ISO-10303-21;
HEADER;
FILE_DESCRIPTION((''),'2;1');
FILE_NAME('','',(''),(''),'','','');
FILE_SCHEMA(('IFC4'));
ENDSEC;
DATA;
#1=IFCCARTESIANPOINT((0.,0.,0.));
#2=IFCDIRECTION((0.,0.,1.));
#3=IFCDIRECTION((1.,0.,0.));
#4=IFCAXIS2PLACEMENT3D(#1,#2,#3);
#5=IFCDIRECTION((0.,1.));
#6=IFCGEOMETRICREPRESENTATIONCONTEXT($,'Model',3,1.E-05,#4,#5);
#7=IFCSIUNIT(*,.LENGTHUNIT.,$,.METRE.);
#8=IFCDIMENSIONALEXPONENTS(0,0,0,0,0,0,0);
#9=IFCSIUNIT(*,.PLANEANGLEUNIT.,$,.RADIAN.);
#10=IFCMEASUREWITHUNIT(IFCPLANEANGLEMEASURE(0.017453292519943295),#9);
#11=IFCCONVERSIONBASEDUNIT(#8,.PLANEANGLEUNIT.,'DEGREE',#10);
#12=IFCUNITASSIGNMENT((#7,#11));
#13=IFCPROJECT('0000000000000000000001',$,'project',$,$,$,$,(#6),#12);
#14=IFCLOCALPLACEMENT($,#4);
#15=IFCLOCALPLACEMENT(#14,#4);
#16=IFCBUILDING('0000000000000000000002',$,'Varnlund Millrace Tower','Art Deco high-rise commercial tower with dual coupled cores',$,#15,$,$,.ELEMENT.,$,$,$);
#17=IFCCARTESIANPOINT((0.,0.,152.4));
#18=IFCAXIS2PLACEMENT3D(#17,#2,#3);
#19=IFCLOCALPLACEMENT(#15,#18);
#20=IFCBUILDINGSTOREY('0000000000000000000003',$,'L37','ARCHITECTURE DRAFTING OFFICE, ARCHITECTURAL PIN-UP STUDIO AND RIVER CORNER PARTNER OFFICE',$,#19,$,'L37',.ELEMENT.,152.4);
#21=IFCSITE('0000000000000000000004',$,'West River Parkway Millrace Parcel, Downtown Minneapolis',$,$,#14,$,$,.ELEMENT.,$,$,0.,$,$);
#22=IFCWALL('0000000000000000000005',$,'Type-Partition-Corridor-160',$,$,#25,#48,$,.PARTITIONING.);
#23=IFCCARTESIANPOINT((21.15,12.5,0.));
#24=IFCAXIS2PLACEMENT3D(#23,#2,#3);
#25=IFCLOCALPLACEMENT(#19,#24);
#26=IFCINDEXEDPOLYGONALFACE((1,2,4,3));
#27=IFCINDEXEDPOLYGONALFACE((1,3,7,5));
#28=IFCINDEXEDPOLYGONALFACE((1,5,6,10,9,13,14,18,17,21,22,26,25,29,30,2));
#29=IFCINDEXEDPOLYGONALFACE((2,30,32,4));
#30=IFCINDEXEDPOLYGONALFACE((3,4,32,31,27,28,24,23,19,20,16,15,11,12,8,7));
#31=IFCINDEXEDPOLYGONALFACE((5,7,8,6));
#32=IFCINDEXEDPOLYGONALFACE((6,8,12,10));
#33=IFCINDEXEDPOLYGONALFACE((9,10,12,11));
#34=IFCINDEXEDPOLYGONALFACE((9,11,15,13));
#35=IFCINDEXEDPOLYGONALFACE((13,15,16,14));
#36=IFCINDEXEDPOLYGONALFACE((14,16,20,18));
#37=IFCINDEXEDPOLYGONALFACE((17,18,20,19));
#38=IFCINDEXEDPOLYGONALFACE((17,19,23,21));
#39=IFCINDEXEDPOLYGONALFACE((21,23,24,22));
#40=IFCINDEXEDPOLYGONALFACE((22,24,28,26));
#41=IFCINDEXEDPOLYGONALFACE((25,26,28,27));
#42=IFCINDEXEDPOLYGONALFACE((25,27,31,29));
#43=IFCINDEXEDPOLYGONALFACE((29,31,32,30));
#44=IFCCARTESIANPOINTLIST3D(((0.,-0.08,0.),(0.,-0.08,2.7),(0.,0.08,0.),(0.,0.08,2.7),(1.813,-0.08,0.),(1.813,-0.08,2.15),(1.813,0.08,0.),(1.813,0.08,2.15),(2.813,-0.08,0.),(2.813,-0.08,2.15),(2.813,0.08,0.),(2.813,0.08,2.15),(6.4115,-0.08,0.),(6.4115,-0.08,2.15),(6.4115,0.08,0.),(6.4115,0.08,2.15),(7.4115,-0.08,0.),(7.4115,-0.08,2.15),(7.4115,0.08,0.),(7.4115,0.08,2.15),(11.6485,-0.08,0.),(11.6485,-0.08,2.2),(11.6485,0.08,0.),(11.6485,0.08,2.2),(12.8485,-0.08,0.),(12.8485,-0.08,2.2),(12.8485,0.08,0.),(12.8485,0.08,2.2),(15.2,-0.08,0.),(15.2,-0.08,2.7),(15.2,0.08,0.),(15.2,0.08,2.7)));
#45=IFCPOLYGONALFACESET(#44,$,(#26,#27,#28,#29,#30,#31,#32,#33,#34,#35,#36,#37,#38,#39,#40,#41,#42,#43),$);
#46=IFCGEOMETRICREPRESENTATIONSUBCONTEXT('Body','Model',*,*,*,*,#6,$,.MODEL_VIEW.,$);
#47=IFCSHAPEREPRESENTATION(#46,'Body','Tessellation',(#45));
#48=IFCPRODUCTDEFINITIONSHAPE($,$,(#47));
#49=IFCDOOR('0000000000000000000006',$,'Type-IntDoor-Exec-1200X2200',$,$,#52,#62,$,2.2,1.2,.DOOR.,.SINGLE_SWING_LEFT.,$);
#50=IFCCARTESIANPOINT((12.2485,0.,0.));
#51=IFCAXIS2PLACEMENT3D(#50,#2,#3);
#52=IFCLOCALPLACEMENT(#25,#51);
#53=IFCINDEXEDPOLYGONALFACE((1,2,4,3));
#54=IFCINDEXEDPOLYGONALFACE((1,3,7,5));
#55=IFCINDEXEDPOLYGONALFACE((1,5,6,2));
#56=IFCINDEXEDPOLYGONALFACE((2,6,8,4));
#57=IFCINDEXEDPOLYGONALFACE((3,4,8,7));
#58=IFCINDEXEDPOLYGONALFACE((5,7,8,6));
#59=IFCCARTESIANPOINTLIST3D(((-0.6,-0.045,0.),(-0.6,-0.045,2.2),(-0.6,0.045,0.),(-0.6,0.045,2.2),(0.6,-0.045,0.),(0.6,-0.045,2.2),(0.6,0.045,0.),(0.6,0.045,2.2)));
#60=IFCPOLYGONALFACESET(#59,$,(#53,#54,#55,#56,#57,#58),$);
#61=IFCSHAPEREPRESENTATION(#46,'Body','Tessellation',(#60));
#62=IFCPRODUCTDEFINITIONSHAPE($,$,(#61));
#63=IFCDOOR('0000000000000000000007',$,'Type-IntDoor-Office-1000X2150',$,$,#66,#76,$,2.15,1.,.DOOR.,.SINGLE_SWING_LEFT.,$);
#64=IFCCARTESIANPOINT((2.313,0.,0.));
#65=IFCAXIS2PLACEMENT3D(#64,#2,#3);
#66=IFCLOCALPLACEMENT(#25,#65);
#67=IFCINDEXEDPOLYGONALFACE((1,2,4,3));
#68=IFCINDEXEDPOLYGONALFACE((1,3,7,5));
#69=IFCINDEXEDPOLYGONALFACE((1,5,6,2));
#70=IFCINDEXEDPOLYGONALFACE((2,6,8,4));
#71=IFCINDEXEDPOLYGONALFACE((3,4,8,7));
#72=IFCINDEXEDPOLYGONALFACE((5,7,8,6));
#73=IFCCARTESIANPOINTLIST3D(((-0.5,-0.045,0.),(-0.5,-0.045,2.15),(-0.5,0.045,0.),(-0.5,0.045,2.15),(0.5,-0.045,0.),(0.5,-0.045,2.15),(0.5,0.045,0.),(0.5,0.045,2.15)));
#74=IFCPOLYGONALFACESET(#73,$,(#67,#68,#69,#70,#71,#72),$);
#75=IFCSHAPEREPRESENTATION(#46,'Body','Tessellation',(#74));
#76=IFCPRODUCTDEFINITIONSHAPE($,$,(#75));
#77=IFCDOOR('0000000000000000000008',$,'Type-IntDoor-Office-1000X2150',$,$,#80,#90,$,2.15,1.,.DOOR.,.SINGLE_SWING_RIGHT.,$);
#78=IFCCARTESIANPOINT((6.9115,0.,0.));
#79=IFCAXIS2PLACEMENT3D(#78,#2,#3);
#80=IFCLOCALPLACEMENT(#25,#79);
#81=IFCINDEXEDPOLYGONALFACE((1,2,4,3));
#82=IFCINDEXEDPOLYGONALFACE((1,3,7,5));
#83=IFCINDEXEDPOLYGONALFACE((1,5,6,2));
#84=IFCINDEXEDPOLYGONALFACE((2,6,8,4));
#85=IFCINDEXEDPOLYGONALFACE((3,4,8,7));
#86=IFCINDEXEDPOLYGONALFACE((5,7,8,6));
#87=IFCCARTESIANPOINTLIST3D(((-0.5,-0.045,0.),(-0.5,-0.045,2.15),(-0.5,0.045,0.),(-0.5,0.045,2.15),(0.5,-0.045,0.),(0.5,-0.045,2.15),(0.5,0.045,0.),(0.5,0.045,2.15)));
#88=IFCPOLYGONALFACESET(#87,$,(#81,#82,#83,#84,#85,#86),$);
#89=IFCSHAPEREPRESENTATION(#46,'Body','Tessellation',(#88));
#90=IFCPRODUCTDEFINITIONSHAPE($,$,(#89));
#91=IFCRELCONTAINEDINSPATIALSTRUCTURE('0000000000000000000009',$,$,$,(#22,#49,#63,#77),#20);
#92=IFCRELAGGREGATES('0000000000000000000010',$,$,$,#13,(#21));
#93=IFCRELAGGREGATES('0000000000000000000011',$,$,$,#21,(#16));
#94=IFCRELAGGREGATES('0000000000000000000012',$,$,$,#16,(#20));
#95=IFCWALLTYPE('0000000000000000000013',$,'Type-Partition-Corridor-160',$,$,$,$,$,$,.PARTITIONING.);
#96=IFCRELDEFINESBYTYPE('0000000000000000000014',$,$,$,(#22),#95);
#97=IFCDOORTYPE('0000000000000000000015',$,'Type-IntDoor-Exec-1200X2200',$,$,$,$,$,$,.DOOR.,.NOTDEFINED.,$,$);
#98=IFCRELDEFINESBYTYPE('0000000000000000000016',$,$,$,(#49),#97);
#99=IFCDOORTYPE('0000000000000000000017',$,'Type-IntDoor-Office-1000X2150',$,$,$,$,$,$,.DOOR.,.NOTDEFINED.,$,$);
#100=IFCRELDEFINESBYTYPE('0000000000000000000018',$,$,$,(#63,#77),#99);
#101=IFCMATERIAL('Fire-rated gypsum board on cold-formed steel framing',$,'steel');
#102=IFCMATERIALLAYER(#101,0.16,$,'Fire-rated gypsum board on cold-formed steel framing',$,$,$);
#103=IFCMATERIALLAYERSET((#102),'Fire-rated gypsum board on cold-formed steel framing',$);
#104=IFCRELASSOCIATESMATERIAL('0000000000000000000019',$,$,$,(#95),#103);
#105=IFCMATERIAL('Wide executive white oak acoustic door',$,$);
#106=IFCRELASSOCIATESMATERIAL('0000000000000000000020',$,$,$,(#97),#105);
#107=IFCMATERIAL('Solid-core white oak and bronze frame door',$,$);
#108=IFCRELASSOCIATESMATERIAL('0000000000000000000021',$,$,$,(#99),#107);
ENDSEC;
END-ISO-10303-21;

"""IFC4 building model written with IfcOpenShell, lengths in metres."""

from ifc_helpers import new_model, entity, si_unit, converted_unit, direction, frame, origin_with_axes, origin_2d_with_axis, place, context, subcontext, project, spatial, polyline, rectangle, outline, extrude, material, layer, layer_set, type_object, element, fill, save


model = new_model("IFC4")

# Units and contexts
model_context = context("Model", 3, precision=1e-05, world=origin_with_axes(), true_north=direction((0.0, 1.0)))
body_context = subcontext(model_context, "Body", "Model", "MODEL_VIEW")
ifc_project = project(units=[si_unit("LENGTHUNIT", "METRE"), converted_unit("PLANEANGLEUNIT", "DEGREE", entity("IfcPlaneAngleMeasure", 0.017453292519943295), si_unit("PLANEANGLEUNIT", "RADIAN"), dimensions=[0, 0, 0, 0, 0, 0, 0])], contexts=[model_context])

# Site, building, storey
site_placement = place(None, origin_with_axes())
site = spatial("IfcSite", under=ifc_project, at=site_placement, Name="West River Parkway Millrace Parcel, Downtown Minneapolis", CompositionType="ELEMENT", RefElevation=0.0)
building_placement = place(site_placement, origin_with_axes())
building = spatial("IfcBuilding", under=site, at=building_placement, Name="Varnlund Millrace Tower", Description="Art Deco high-rise commercial tower with dual coupled cores", CompositionType="ELEMENT")
storey_placement = place(building_placement, frame((0.0, 0.0, 152.4), z_axis=(0.0, 0.0, 1.0), x_axis=(1.0, 0.0, 0.0)))
storey = spatial("IfcBuildingStorey", under=building, at=storey_placement, Name="L37", Description="ARCHITECTURE DRAFTING OFFICE, ARCHITECTURAL PIN-UP STUDIO AND RIVER CORNER PARTNER OFFICE", LongName="L37", CompositionType="ELEMENT", Elevation=152.4)

# Shared definitions
ifc_material_1 = material(Name="Fire-rated gypsum board on cold-formed steel framing", Category="steel")
ifc_layer = layer(ifc_material_1, 0.16, Name="Fire-rated gypsum board on cold-formed steel framing")
ifc_layer_set = layer_set([ifc_layer], Name="Fire-rated gypsum board on cold-formed steel framing")
wall_type = type_object("IfcWallType", Name="Type-Partition-Corridor-160", PredefinedType="PARTITIONING", material=ifc_layer_set)

# Wall, openings, doors
wall_1_placement = place(storey_placement, frame((21.15, 12.5, 0.0), z_axis=(0.0, 0.0, 1.0), x_axis=(1.0, 0.0, 0.0)))
wall_1 = element("IfcWall", 1, at=wall_1_placement, inside=storey, type_object=wall_type, Name="Type-Partition-Corridor-160", PredefinedType="PARTITIONING", context=body_context, shape_type="SweptSolid", body=[
    extrude(outline(polyline([(0.0, -0.08), (15.2, -0.08), (15.2, 0.08), (0.0, 0.08), (0.0, -0.08)])), origin_with_axes(), (0.0, 0.0, 1.0), 2.7),
])
opening_1_placement = place(wall_1_placement, frame((2.313, 0.0, 0.0), z_axis=(0.0, 0.0, 1.0), x_axis=(1.0, 0.0, 0.0)))
opening_1 = element("IfcOpeningElement", 2, at=opening_1_placement, cuts=wall_1, PredefinedType="OPENING", context=body_context, shape_type="SweptSolid", body=[
    extrude(rectangle(XDim=1.0, YDim=0.18, at=origin_2d_with_axis()), origin_with_axes(), (0.0, 0.0, 1.0), 2.15),
])
opening_2_placement = place(wall_1_placement, frame((6.9115, 0.0, 0.0), z_axis=(0.0, 0.0, 1.0), x_axis=(1.0, 0.0, 0.0)))
opening_2 = element("IfcOpeningElement", 3, at=opening_2_placement, cuts=wall_1, PredefinedType="OPENING", context=body_context, shape_type="SweptSolid", body=[
    extrude(rectangle(XDim=1.0, YDim=0.18, at=origin_2d_with_axis()), origin_with_axes(), (0.0, 0.0, 1.0), 2.15),
])
opening_3_placement = place(wall_1_placement, frame((12.2485, 0.0, 0.0), z_axis=(0.0, 0.0, 1.0), x_axis=(1.0, 0.0, 0.0)))
opening_3 = element("IfcOpeningElement", 4, at=opening_3_placement, cuts=wall_1, PredefinedType="OPENING", context=body_context, shape_type="SweptSolid", body=[
    extrude(rectangle(XDim=1.2, YDim=0.18, at=origin_2d_with_axis()), origin_with_axes(), (0.0, 0.0, 1.0), 2.2),
])
ifc_material_2 = material(Name="Wide executive white oak acoustic door")
door_type_1 = type_object("IfcDoorType", Name="Type-IntDoor-Exec-1200X2200", OperationType="NOTDEFINED", PredefinedType="DOOR", material=ifc_material_2)
door_1_placement = place(wall_1_placement, frame((12.2485, 0.0, 0.0), z_axis=(0.0, 0.0, 1.0), x_axis=(1.0, 0.0, 0.0)))
door_1 = element("IfcDoor", 5, at=door_1_placement, inside=storey, type_object=door_type_1, Name="Type-IntDoor-Exec-1200X2200", OperationType="SINGLE_SWING_LEFT", OverallHeight=2.2, OverallWidth=1.2, PredefinedType="DOOR", context=body_context, shape_type="SweptSolid", body=[
    extrude(rectangle(XDim=1.2, YDim=0.09, at=origin_2d_with_axis()), origin_with_axes(), (0.0, 0.0, 1.0), 2.2),
])
fill(opening_3, door_1)
ifc_material_3 = material(Name="Solid-core white oak and bronze frame door")
door_type_2 = type_object("IfcDoorType", Name="Type-IntDoor-Office-1000X2150", OperationType="NOTDEFINED", PredefinedType="DOOR", material=ifc_material_3)
door_2_placement = place(wall_1_placement, frame((2.313, 0.0, 0.0), z_axis=(0.0, 0.0, 1.0), x_axis=(1.0, 0.0, 0.0)))
door_2 = element("IfcDoor", 6, at=door_2_placement, inside=storey, type_object=door_type_2, Name="Type-IntDoor-Office-1000X2150", OperationType="SINGLE_SWING_LEFT", OverallHeight=2.15, OverallWidth=1.0, PredefinedType="DOOR", context=body_context, shape_type="SweptSolid", body=[
    extrude(rectangle(XDim=1.0, YDim=0.09, at=origin_2d_with_axis()), origin_with_axes(), (0.0, 0.0, 1.0), 2.15),
])
fill(opening_1, door_2)
door_3_placement = place(wall_1_placement, frame((6.9115, 0.0, 0.0), z_axis=(0.0, 0.0, 1.0), x_axis=(1.0, 0.0, 0.0)))
door_3 = element("IfcDoor", 7, at=door_3_placement, inside=storey, type_object=door_type_2, Name="Type-IntDoor-Office-1000X2150", OperationType="SINGLE_SWING_RIGHT", OverallHeight=2.15, OverallWidth=1.0, PredefinedType="DOOR", context=body_context, shape_type="SweptSolid", body=[
    extrude(rectangle(XDim=1.0, YDim=0.09, at=origin_2d_with_axis()), origin_with_axes(), (0.0, 0.0, 1.0), 2.15),
])
fill(opening_2, door_3)

save(model, "model.ifc")
